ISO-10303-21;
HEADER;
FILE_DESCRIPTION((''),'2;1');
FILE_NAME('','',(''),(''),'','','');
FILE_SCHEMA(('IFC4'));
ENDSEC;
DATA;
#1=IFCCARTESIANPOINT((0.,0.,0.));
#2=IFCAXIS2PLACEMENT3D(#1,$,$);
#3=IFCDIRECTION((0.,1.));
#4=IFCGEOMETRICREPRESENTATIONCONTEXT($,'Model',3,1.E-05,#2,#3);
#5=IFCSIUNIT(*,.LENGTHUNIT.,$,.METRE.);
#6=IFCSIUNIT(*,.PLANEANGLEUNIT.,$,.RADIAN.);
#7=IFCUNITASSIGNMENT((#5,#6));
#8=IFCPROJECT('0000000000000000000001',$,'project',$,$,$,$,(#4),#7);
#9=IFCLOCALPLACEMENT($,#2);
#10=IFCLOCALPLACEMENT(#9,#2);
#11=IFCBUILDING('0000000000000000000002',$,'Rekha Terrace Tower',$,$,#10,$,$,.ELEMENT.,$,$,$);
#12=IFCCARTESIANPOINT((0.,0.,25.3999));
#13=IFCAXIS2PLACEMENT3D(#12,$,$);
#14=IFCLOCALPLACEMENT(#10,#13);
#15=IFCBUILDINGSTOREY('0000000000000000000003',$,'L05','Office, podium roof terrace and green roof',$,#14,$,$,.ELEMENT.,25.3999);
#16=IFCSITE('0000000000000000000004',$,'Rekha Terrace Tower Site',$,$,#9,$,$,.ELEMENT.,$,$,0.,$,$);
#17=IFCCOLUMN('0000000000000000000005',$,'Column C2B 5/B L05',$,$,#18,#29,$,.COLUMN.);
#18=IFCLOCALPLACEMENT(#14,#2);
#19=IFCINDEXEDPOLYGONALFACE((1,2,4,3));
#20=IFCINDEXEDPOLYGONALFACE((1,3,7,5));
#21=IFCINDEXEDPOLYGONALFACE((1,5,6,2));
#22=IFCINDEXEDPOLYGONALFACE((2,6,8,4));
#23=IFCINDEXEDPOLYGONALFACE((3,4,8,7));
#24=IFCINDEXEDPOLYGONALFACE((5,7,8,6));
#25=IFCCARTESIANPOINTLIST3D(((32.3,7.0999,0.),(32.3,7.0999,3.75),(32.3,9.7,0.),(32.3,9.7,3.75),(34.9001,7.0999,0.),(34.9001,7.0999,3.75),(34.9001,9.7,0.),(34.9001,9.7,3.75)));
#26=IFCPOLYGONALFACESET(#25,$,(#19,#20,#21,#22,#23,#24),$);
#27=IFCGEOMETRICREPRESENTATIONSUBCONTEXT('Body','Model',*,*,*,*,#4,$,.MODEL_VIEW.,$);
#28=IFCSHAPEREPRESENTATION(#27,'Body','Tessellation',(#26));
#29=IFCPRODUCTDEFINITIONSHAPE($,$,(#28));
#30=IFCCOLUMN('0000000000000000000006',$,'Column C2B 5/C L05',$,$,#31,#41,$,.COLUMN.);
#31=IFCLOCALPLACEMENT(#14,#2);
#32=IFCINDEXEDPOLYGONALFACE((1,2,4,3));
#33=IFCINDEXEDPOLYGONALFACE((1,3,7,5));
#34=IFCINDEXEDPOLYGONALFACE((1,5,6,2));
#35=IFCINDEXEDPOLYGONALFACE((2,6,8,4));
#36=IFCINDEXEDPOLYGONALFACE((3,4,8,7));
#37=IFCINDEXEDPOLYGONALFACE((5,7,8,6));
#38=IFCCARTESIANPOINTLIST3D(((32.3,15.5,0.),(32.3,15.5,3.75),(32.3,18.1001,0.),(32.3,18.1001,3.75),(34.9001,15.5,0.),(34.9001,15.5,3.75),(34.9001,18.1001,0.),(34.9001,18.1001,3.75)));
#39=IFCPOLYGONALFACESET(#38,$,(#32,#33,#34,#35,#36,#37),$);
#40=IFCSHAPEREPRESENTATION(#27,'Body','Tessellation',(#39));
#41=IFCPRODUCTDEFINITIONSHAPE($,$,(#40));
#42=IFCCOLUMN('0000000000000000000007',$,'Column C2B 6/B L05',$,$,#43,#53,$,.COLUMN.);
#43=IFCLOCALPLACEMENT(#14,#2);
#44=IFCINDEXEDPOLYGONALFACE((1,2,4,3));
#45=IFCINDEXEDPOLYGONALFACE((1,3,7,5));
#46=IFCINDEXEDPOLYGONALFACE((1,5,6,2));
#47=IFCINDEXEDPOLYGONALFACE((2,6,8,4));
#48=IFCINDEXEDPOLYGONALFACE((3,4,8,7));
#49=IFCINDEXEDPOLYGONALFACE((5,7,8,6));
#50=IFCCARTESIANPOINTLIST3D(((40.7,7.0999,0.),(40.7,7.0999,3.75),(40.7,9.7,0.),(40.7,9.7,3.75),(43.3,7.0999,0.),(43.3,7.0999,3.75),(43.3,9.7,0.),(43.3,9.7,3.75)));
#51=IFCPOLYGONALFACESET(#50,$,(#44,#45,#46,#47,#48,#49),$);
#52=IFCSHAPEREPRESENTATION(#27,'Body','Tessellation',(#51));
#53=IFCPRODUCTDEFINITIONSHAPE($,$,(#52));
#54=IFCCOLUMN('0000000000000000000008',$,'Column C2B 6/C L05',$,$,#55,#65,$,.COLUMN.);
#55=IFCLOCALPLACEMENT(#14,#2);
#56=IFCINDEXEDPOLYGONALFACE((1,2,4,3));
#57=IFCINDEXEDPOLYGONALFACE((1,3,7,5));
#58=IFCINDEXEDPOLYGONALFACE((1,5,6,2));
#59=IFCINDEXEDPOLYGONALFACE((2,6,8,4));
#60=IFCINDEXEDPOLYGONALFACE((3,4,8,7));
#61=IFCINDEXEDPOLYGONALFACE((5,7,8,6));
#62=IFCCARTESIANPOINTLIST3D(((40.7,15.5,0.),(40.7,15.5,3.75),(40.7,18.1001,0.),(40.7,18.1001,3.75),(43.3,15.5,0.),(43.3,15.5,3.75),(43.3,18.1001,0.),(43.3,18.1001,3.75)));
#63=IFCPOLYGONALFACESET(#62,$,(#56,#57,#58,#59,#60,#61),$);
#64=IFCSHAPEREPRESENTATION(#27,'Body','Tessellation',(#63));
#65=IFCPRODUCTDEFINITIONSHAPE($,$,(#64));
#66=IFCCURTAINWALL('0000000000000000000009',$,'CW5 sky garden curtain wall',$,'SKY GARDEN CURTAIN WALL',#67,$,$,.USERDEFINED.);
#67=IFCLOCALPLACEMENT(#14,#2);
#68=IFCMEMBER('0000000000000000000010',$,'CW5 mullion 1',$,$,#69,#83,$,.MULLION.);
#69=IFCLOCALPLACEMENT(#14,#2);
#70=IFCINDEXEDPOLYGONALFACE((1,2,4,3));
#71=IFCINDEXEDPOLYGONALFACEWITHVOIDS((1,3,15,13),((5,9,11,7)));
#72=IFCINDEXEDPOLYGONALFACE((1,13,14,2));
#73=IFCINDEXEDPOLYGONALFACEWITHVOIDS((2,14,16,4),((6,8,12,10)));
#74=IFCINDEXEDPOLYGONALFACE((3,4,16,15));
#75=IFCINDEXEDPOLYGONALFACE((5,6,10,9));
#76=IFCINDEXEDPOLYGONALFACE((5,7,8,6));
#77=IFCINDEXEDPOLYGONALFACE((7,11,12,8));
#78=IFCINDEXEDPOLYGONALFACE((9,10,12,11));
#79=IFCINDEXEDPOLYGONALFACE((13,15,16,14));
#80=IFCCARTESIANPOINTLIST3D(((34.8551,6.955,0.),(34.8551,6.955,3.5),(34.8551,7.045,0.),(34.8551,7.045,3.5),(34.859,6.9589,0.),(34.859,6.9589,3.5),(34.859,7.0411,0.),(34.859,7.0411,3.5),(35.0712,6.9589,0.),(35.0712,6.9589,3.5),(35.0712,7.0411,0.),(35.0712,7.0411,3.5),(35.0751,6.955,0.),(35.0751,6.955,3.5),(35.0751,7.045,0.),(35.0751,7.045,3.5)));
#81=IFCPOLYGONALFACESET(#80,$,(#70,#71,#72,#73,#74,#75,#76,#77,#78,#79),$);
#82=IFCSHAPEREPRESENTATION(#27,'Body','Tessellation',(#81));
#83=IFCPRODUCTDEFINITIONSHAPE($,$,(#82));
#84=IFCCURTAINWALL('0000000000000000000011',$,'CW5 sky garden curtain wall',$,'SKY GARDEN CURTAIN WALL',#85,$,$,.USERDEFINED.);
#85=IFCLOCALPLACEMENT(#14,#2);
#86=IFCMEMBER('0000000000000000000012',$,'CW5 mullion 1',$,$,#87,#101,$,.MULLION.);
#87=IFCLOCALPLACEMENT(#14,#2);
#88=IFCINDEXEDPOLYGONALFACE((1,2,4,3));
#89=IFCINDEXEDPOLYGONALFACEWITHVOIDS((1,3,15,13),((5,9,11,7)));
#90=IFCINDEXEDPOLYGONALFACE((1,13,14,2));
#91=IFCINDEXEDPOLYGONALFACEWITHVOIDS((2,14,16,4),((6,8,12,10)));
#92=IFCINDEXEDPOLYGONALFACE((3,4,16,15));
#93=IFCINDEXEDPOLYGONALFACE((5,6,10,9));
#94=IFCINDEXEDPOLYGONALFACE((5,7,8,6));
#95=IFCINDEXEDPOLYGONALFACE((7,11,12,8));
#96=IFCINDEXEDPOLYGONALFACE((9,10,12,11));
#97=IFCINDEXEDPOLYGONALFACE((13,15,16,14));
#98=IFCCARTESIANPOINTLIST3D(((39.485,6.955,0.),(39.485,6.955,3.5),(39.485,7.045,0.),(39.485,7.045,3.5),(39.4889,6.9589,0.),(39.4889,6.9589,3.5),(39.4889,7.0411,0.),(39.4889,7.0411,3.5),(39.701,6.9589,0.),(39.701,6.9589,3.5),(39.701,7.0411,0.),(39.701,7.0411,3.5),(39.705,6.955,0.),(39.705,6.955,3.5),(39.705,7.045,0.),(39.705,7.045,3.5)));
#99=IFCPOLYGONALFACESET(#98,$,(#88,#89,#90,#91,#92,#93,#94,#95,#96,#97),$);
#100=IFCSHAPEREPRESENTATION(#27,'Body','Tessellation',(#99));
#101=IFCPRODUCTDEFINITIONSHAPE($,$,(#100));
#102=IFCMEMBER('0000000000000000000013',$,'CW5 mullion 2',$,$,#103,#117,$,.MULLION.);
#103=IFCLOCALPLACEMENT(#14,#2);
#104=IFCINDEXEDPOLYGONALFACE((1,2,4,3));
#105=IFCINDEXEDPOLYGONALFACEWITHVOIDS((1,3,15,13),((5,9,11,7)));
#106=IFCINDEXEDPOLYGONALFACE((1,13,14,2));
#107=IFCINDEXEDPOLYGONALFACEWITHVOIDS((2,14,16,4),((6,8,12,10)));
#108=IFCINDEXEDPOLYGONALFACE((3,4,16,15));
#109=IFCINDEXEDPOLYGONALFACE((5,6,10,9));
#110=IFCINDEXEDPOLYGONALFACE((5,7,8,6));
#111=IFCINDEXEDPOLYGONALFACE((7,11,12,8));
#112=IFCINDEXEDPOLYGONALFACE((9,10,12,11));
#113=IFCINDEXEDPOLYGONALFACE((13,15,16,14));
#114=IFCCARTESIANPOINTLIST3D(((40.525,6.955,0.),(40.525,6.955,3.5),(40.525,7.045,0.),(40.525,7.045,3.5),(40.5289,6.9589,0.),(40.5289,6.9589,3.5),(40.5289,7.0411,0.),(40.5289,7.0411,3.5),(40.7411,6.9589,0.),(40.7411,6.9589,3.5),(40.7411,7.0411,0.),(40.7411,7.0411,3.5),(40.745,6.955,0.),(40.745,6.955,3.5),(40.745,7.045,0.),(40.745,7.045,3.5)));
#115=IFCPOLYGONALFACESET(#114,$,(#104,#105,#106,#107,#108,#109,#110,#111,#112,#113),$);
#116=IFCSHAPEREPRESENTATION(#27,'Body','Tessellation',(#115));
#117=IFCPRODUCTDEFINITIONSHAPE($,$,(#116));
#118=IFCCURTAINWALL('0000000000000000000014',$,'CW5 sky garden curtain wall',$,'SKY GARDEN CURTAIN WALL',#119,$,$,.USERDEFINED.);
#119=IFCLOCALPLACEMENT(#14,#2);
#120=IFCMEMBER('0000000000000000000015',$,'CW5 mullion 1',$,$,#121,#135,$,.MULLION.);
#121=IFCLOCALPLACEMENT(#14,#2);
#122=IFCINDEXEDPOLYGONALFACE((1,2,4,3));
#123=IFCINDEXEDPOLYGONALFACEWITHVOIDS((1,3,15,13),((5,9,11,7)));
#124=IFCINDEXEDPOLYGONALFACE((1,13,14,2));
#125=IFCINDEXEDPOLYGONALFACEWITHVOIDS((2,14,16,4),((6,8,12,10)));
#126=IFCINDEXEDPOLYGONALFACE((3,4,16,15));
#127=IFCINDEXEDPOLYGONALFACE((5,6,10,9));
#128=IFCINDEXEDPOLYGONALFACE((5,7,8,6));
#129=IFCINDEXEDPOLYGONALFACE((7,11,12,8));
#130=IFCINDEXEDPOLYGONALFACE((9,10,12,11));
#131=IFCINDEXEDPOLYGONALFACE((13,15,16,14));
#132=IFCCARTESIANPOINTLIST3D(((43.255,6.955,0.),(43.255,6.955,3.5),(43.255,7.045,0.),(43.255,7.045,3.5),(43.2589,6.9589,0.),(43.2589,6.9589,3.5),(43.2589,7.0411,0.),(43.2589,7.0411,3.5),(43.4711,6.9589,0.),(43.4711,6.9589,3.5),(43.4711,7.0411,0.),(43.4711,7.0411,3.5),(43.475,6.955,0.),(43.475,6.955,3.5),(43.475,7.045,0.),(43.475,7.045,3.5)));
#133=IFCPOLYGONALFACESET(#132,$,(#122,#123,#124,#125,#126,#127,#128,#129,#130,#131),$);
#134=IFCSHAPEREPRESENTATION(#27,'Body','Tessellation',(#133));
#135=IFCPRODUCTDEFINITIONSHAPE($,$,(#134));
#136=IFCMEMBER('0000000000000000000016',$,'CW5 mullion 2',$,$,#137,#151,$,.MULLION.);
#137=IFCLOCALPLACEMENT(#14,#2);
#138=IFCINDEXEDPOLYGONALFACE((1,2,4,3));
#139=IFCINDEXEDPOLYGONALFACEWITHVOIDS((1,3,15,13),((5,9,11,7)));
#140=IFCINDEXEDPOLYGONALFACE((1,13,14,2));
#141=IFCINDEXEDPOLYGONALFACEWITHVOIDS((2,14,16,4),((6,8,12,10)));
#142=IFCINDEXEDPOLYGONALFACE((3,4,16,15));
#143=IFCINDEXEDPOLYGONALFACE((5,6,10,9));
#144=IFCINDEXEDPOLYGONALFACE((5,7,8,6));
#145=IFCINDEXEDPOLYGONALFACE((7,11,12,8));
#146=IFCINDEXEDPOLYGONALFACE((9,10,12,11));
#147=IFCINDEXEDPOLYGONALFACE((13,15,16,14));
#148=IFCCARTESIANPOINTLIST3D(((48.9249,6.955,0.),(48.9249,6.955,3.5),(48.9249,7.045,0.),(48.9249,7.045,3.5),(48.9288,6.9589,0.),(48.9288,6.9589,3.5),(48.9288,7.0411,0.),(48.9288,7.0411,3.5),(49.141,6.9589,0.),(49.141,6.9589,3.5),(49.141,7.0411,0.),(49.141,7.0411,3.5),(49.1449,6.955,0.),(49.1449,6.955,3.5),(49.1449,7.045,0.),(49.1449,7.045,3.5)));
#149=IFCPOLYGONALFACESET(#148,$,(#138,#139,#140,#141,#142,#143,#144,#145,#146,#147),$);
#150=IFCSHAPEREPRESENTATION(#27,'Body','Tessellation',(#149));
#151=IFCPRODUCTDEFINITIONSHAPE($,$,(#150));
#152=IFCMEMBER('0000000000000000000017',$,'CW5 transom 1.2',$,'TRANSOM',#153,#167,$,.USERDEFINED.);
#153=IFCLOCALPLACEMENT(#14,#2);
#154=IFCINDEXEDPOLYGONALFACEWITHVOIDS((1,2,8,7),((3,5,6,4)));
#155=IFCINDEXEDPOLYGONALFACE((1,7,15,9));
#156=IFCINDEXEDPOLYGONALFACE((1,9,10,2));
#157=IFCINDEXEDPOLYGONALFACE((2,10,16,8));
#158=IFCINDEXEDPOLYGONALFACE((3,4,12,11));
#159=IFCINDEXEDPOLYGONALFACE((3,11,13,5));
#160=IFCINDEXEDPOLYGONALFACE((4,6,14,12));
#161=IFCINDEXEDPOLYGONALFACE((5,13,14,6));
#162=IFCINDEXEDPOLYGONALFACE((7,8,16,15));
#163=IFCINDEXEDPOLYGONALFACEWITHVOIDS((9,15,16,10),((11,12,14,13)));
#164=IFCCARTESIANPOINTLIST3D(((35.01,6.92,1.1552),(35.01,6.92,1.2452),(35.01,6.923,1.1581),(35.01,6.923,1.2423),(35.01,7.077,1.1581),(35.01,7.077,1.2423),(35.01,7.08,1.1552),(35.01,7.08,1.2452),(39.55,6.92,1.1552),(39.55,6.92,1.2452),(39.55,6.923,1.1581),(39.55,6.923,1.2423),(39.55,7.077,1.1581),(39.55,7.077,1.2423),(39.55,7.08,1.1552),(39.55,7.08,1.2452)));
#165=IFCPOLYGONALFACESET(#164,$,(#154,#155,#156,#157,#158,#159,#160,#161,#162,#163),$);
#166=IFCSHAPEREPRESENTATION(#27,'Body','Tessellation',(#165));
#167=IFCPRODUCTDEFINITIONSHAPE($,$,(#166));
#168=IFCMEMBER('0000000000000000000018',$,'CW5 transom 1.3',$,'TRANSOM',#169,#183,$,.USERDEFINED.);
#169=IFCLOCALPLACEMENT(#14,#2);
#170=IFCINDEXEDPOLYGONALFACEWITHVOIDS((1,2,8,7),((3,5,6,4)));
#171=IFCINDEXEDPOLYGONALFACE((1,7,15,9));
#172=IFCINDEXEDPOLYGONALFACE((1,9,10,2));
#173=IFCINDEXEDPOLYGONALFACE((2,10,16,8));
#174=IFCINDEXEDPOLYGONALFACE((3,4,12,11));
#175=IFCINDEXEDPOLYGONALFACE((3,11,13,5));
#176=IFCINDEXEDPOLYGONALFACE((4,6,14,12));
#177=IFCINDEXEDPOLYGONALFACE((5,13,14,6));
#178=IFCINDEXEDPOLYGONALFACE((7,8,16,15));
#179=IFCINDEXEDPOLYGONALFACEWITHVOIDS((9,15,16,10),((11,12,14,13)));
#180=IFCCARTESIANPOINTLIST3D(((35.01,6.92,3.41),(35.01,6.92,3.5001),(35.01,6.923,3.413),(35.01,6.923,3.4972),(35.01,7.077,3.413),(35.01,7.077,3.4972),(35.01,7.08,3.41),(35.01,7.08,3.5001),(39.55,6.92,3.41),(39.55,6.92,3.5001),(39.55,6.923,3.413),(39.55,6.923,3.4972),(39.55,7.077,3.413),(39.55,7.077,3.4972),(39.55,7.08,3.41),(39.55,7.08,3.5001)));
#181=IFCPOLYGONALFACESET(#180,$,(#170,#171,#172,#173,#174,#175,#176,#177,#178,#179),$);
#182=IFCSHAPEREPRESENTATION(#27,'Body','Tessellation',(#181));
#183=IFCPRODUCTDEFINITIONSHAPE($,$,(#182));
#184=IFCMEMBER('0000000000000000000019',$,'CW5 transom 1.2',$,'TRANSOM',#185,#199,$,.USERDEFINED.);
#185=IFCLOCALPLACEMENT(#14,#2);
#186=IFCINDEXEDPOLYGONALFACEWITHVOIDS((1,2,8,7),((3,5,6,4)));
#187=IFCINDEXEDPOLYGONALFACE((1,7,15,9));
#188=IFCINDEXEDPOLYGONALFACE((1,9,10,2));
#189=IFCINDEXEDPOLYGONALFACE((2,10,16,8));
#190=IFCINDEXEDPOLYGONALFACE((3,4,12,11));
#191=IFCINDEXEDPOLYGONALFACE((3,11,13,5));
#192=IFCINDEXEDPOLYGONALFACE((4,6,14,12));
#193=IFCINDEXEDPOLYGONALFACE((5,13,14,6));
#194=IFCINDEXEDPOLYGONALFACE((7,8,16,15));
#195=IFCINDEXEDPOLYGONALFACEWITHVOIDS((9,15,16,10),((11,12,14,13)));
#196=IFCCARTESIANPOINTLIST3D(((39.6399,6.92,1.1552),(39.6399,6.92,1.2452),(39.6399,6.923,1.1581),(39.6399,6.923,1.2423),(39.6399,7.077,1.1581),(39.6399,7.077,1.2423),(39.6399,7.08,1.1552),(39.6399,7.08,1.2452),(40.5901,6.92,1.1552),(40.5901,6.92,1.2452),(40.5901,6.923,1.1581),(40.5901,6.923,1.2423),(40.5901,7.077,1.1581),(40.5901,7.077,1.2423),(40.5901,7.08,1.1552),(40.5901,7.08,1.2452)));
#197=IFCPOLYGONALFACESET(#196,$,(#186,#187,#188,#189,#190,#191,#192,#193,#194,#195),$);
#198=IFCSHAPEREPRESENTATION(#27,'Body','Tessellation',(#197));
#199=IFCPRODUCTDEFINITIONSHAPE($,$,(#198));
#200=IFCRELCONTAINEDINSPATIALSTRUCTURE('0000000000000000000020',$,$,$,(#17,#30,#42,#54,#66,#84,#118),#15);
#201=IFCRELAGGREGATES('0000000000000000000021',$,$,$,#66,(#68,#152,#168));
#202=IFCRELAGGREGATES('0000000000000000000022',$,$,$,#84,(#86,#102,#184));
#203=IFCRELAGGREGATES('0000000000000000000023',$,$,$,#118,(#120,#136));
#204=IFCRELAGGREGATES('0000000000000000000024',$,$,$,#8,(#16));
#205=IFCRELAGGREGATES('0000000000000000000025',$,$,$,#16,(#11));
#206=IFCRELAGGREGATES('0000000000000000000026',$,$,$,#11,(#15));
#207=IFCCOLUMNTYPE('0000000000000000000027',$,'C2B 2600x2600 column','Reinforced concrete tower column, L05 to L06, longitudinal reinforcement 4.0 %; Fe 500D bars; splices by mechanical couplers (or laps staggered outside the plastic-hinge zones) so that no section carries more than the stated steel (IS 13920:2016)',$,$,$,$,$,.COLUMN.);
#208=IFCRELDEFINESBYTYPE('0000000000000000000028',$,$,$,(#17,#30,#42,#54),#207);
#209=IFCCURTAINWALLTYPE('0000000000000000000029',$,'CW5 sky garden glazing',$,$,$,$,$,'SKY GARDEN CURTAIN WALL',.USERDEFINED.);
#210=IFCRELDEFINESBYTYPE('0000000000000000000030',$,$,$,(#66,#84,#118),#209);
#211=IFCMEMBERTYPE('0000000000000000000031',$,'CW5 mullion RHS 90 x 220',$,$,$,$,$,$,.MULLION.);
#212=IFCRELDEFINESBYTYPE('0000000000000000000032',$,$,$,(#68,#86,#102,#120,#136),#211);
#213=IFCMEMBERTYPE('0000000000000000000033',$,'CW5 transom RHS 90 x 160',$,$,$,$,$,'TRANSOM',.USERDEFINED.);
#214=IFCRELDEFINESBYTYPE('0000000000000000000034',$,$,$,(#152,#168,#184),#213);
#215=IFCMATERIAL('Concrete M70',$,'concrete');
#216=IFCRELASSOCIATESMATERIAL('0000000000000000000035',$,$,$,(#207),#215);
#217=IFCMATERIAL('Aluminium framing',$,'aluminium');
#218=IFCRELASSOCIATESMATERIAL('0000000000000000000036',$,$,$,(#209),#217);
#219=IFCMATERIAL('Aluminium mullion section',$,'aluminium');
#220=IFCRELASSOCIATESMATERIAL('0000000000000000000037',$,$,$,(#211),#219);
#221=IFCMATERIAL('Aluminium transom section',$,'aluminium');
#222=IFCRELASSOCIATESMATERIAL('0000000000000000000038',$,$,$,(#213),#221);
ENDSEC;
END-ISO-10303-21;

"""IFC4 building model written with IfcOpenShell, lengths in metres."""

from ifc_helpers import new_model, si_unit, direction, frame, origin, origin_2d, place, context, subcontext, project, spatial, rectangle, hollow_rectangle, extrude, material, material_profile, profile_set, type_object, element, aggregate, save


model = new_model("IFC4")

# Units and contexts
model_context = context("Model", 3, precision=1e-05, world=origin(), true_north=direction((0.0, 1.0)))
body_context = subcontext(model_context, "Body", "Model", "MODEL_VIEW")
ifc_project = project(units=[si_unit("LENGTHUNIT", "METRE"), si_unit("PLANEANGLEUNIT", "RADIAN")], contexts=[model_context])

# Site, building, storey
site_placement = place(None, origin())
site = spatial("IfcSite", under=ifc_project, at=site_placement, Name="Rekha Terrace Tower Site", CompositionType="ELEMENT", RefElevation=0.0)
building_placement = place(site_placement, origin())
building = spatial("IfcBuilding", under=site, at=building_placement, Name="Rekha Terrace Tower", CompositionType="ELEMENT")
storey_placement = place(building_placement, frame((0.0, 0.0, 25.3999)))
storey = spatial("IfcBuildingStorey", under=building, at=storey_placement, Name="L05", Description="Office, podium roof terrace and green roof", CompositionType="ELEMENT", Elevation=25.3999)

# Columns
ifc_material_1 = material(Name="Concrete M70", Category="concrete")
ifc_material_profile_1 = material_profile(ifc_material_1, rectangle(XDim=2.6001, YDim=2.6001, at=origin_2d()), Name="RC 2600x2600")
ifc_profile_set_1 = profile_set([ifc_material_profile_1], Name="Concrete M70")
column_type = type_object("IfcColumnType", Name="C2B 2600x2600 column", Description="Reinforced concrete tower column, L05 to L06, longitudinal reinforcement 4.0 %; Fe 500D bars; splices by mechanical couplers (or laps staggered outside the plastic-hinge zones) so that no section carries more than the stated steel (IS 13920:2016)", PredefinedType="COLUMN", material=ifc_profile_set_1)
for number, where, z_axis, x_axis, name in (
    (1, (33.6001, 8.3999, 0.0), (0.0, 0.0, 1.0), (1.0, 0.0, 0.0), "Column C2B 5/B L05"),
    (2, (33.6001, 16.8, 0.0), (0.0, 0.0, 1.0), (1.0, 0.0, 0.0), "Column C2B 5/C L05"),
    (3, (42.0, 8.3999, 0.0), (0.0, 0.0, 1.0), (1.0, 0.0, 0.0), "Column C2B 6/B L05"),
    (4, (42.0, 16.8, 0.0), (0.0, 0.0, 1.0), (1.0, 0.0, 0.0), "Column C2B 6/C L05"),
):
    element("IfcColumn", number, at=place(storey_placement, frame(where, z_axis=z_axis, x_axis=x_axis)), inside=storey, type_object=column_type, Name=name, PredefinedType="COLUMN", context=body_context, shape_type="SweptSolid", body=[
        extrude(rectangle(XDim=2.6001, YDim=2.6001, at=origin_2d()), origin(), (0.0, 0.0, 1.0), 3.75),
    ])

# Curtain wall, member
ifc_material_2 = material(Name="Aluminium framing", Category="aluminium")
curtain_wall_type = type_object("IfcCurtainWallType", Name="CW5 sky garden glazing", ElementType="SKY GARDEN CURTAIN WALL", PredefinedType="USERDEFINED", material=ifc_material_2)
curtain_wall_1_placement = place(storey_placement, origin())
curtain_wall_1 = element("IfcCurtainWall", 5, at=curtain_wall_1_placement, inside=storey, type_object=curtain_wall_type, Name="CW5 sky garden curtain wall", ObjectType="SKY GARDEN CURTAIN WALL", PredefinedType="USERDEFINED")
ifc_material_3 = material(Name="Aluminium mullion section", Category="aluminium")
ifc_material_profile_2 = material_profile(ifc_material_3, hollow_rectangle(XDim=0.0901, YDim=0.22, WallThickness=0.0039, at=origin_2d()), Name="AL RHS 90x220")
ifc_profile_set_2 = profile_set([ifc_material_profile_2], Name="Aluminium mullion section")
member_type_1 = type_object("IfcMemberType", Name="CW5 mullion RHS 90 x 220", PredefinedType="MULLION", material=ifc_profile_set_2)
member_1_placement = place(storey_placement, frame((34.9651, 7.0, 0.0), z_axis=(0.0, 0.0, 1.0), x_axis=(0.0, 1.0, 0.0)))
member_1 = element("IfcMember", 6, at=member_1_placement, type_object=member_type_1, Name="CW5 mullion 1", PredefinedType="MULLION", context=body_context, shape_type="SweptSolid", body=[
    extrude(hollow_rectangle(XDim=0.0901, YDim=0.22, WallThickness=0.0039, at=origin_2d()), origin(), (0.0, 0.0, 1.0), 3.5),
])

# Curtain walls, members
curtain_wall_2_placement = place(storey_placement, origin())
curtain_wall_2 = element("IfcCurtainWall", 7, at=curtain_wall_2_placement, inside=storey, type_object=curtain_wall_type, Name="CW5 sky garden curtain wall", ObjectType="SKY GARDEN CURTAIN WALL", PredefinedType="USERDEFINED")
member_2_placement = place(storey_placement, frame((39.595, 7.0, 0.0), z_axis=(0.0, 0.0, 1.0), x_axis=(0.0, 1.0, 0.0)))
member_2 = element("IfcMember", 8, at=member_2_placement, type_object=member_type_1, Name="CW5 mullion 1", PredefinedType="MULLION", context=body_context, shape_type="SweptSolid", body=[
    extrude(hollow_rectangle(XDim=0.0901, YDim=0.22, WallThickness=0.0039, at=origin_2d()), origin(), (0.0, 0.0, 1.0), 3.5),
])
member_3_placement = place(storey_placement, frame((40.635, 7.0, 0.0), z_axis=(0.0, 0.0, 1.0), x_axis=(0.0, 1.0, 0.0)))
member_3 = element("IfcMember", 9, at=member_3_placement, type_object=member_type_1, Name="CW5 mullion 2", PredefinedType="MULLION", context=body_context, shape_type="SweptSolid", body=[
    extrude(hollow_rectangle(XDim=0.0901, YDim=0.22, WallThickness=0.0039, at=origin_2d()), origin(), (0.0, 0.0, 1.0), 3.5),
])
curtain_wall_3_placement = place(storey_placement, origin())
curtain_wall_3 = element("IfcCurtainWall", 10, at=curtain_wall_3_placement, inside=storey, type_object=curtain_wall_type, Name="CW5 sky garden curtain wall", ObjectType="SKY GARDEN CURTAIN WALL", PredefinedType="USERDEFINED")
member_4_placement = place(storey_placement, frame((43.365, 7.0, 0.0), z_axis=(0.0, 0.0, 1.0), x_axis=(0.0, 1.0, 0.0)))
member_4 = element("IfcMember", 11, at=member_4_placement, type_object=member_type_1, Name="CW5 mullion 1", PredefinedType="MULLION", context=body_context, shape_type="SweptSolid", body=[
    extrude(hollow_rectangle(XDim=0.0901, YDim=0.22, WallThickness=0.0039, at=origin_2d()), origin(), (0.0, 0.0, 1.0), 3.5),
])
member_5_placement = place(storey_placement, frame((49.0349, 7.0, 0.0), z_axis=(0.0, 0.0, 1.0), x_axis=(0.0, 1.0, 0.0)))
member_5 = element("IfcMember", 12, at=member_5_placement, type_object=member_type_1, Name="CW5 mullion 2", PredefinedType="MULLION", context=body_context, shape_type="SweptSolid", body=[
    extrude(hollow_rectangle(XDim=0.0901, YDim=0.22, WallThickness=0.0039, at=origin_2d()), origin(), (0.0, 0.0, 1.0), 3.5),
])

# Members
ifc_material_4 = material(Name="Aluminium transom section", Category="aluminium")
ifc_material_profile_3 = material_profile(ifc_material_4, hollow_rectangle(XDim=0.1599, YDim=0.0901, WallThickness=0.0029, at=origin_2d()), Name="AL RHS 160x90")
ifc_profile_set_3 = profile_set([ifc_material_profile_3], Name="Aluminium transom section")
member_type_2 = type_object("IfcMemberType", Name="CW5 transom RHS 90 x 160", ElementType="TRANSOM", PredefinedType="USERDEFINED", material=ifc_profile_set_3)
member_6_placement = place(storey_placement, frame((35.01, 7.0, 1.2002), z_axis=(1.0, 0.0, 0.0), x_axis=(0.0, 1.0, 0.0)))
member_6 = element("IfcMember", 13, at=member_6_placement, type_object=member_type_2, Name="CW5 transom 1.2", ObjectType="TRANSOM", PredefinedType="USERDEFINED", context=body_context, shape_type="SweptSolid", body=[
    extrude(hollow_rectangle(XDim=0.1599, YDim=0.0901, WallThickness=0.0029, at=origin_2d()), origin(), (0.0, 0.0, 1.0), 4.54),
])
member_7_placement = place(storey_placement, frame((35.01, 7.0, 3.4551), z_axis=(1.0, 0.0, 0.0), x_axis=(0.0, 1.0, 0.0)))
member_7 = element("IfcMember", 14, at=member_7_placement, type_object=member_type_2, Name="CW5 transom 1.3", ObjectType="TRANSOM", PredefinedType="USERDEFINED", context=body_context, shape_type="SweptSolid", body=[
    extrude(hollow_rectangle(XDim=0.1599, YDim=0.0901, WallThickness=0.0029, at=origin_2d()), origin(), (0.0, 0.0, 1.0), 4.54),
])
member_8_placement = place(storey_placement, frame((39.6399, 7.0, 1.2002), z_axis=(1.0, 0.0, 0.0), x_axis=(0.0, 1.0, 0.0)))
member_8 = element("IfcMember", 15, at=member_8_placement, type_object=member_type_2, Name="CW5 transom 1.2", ObjectType="TRANSOM", PredefinedType="USERDEFINED", context=body_context, shape_type="SweptSolid", body=[
    extrude(hollow_rectangle(XDim=0.1599, YDim=0.0901, WallThickness=0.0029, at=origin_2d()), origin(), (0.0, 0.0, 1.0), 0.9502),
])

aggregate(curtain_wall_1, [member_1, member_6, member_7])
aggregate(curtain_wall_2, [member_2, member_3, member_8])
aggregate(curtain_wall_3, [member_4, member_5])

save(model, "model.ifc")
